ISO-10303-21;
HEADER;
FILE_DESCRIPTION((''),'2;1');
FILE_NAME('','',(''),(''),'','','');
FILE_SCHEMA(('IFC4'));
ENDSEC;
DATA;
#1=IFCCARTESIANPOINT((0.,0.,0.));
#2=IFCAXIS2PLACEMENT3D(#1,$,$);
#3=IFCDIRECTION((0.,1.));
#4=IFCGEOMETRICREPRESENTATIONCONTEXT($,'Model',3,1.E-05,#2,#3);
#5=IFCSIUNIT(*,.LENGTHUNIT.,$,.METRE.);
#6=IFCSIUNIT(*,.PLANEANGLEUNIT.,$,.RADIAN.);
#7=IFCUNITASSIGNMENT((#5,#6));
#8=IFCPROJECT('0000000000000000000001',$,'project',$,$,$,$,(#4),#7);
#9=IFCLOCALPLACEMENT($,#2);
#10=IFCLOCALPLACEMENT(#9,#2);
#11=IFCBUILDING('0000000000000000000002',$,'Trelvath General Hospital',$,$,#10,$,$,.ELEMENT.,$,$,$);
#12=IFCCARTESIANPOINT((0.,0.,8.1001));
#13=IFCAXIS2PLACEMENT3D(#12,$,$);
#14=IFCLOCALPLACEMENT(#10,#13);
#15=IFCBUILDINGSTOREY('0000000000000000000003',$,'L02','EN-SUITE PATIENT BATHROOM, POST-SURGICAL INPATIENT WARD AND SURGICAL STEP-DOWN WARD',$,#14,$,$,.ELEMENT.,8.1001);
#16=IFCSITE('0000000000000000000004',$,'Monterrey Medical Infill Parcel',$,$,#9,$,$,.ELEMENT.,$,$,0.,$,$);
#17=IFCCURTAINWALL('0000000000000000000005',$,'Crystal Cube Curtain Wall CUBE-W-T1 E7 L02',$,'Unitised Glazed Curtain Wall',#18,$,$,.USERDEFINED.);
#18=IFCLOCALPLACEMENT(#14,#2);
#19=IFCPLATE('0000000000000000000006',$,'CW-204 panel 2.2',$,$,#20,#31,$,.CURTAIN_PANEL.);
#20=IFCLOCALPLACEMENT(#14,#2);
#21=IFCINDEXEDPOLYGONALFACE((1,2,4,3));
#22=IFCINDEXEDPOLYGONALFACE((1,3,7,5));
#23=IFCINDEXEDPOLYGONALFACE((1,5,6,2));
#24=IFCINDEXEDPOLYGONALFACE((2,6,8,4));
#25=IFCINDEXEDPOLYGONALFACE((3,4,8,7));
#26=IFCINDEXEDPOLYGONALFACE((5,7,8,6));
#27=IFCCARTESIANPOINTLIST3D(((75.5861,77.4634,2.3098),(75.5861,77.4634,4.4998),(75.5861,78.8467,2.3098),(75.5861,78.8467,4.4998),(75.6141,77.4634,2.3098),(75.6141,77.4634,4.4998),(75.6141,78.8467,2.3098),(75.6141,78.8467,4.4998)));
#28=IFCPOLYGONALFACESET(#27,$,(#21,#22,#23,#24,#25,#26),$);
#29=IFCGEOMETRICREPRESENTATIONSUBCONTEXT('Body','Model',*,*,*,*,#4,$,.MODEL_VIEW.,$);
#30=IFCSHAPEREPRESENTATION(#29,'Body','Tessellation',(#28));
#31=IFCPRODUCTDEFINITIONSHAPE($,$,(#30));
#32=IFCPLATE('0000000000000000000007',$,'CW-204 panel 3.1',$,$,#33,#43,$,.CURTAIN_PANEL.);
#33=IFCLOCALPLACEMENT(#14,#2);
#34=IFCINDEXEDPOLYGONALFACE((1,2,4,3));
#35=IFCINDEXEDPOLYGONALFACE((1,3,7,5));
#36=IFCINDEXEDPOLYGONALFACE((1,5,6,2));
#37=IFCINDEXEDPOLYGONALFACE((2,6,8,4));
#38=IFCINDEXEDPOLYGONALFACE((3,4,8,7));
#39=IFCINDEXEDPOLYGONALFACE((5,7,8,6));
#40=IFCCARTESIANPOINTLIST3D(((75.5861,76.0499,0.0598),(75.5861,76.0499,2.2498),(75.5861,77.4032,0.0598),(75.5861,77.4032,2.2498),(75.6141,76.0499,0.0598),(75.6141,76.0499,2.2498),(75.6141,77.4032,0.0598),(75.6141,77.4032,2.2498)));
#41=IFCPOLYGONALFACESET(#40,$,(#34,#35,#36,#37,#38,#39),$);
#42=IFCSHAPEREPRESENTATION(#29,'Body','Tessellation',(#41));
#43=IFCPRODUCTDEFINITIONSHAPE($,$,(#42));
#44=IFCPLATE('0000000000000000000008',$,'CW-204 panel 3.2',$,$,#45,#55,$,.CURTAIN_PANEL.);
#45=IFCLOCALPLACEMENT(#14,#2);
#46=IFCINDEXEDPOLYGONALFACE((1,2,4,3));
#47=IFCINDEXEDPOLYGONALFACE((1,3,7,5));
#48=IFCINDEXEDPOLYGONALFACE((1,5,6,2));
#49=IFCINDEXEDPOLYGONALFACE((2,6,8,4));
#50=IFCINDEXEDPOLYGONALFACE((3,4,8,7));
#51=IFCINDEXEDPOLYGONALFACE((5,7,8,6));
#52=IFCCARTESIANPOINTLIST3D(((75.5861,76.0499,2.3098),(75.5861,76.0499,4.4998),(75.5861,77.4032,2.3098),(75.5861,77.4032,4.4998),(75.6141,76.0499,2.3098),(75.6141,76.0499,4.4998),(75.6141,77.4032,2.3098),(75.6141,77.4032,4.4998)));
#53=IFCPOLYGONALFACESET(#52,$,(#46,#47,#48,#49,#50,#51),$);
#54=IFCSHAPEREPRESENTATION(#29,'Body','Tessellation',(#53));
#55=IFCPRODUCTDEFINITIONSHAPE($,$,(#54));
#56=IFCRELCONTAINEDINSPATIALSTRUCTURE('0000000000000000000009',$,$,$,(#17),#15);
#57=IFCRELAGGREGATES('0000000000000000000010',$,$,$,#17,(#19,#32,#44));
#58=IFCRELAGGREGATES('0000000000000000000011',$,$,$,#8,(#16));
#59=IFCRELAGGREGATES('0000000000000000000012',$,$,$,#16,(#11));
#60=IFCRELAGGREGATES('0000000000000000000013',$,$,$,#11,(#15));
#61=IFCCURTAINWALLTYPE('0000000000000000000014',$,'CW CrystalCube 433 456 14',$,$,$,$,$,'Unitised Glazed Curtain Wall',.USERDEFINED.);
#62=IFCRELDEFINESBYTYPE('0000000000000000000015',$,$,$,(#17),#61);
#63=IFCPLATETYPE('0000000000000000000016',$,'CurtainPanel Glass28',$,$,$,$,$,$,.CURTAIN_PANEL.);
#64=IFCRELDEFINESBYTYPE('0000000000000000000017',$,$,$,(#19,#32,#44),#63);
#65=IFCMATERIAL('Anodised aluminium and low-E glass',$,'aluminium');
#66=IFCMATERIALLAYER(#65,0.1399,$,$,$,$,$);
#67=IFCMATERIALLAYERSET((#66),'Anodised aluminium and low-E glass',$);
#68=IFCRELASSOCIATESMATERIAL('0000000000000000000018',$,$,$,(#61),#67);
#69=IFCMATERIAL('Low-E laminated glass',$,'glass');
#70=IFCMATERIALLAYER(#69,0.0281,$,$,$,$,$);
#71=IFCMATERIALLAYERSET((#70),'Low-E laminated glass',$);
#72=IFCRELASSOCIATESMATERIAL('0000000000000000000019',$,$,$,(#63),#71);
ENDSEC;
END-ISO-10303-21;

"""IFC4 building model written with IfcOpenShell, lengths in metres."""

from ifc_helpers import new_model, si_unit, direction, frame, origin, origin_2d, place, context, subcontext, project, spatial, rectangle, extrude, material, layer, layer_set, type_object, element, aggregate, save


model = new_model("IFC4")

# Units and contexts
model_context = context("Model", 3, precision=1e-05, world=origin(), true_north=direction((0.0, 1.0)))
body_context = subcontext(model_context, "Body", "Model", "MODEL_VIEW")
ifc_project = project(units=[si_unit("LENGTHUNIT", "METRE"), si_unit("PLANEANGLEUNIT", "RADIAN")], contexts=[model_context])

# Site, building, storey
site_placement = place(None, origin())
site = spatial("IfcSite", under=ifc_project, at=site_placement, Name="Monterrey Medical Infill Parcel", CompositionType="ELEMENT", RefElevation=0.0)
building_placement = place(site_placement, origin())
building = spatial("IfcBuilding", under=site, at=building_placement, Name="Trelvath General Hospital", CompositionType="ELEMENT")
storey_placement = place(building_placement, frame((0.0, 0.0, 8.1001)))
storey = spatial("IfcBuildingStorey", under=building, at=storey_placement, Name="L02", Description="EN-SUITE PATIENT BATHROOM, POST-SURGICAL INPATIENT WARD AND SURGICAL STEP-DOWN WARD", CompositionType="ELEMENT", Elevation=8.1001)

# Curtain wall
ifc_material_1 = material(Name="Anodised aluminium and low-E glass", Category="aluminium")
ifc_layer_1 = layer(ifc_material_1, 0.1399)
ifc_layer_set_1 = layer_set([ifc_layer_1], Name="Anodised aluminium and low-E glass")
curtain_wall_type_1 = type_object("IfcCurtainWallType", Name="CW CrystalCube 433 456 14", ElementType="Unitised Glazed Curtain Wall", PredefinedType="USERDEFINED", material=ifc_layer_set_1)
curtain_wall_1_placement = place(storey_placement, origin())
curtain_wall_1 = element("IfcCurtainWall", 1, at=curtain_wall_1_placement, inside=storey, type_object=curtain_wall_type_1, Name="Crystal Cube Curtain Wall CUBE-W-T1 E7 L02", ObjectType="Unitised Glazed Curtain Wall", PredefinedType="USERDEFINED")

# Shared definitions
ifc_material_2 = material(Name="Low-E laminated glass", Category="glass")
ifc_layer_2 = layer(ifc_material_2, 0.0281)
ifc_layer_set_2 = layer_set([ifc_layer_2], Name="Low-E laminated glass")
plate_type = type_object("IfcPlateType", Name="CurtainPanel Glass28", PredefinedType="CURTAIN_PANEL", material=ifc_layer_set_2)

# Plates
plate_1_placement = place(storey_placement, frame((75.6001, 78.155, 2.3098), z_axis=(0.0, 0.0, 1.0), x_axis=(0.0, -1.0, 0.0)))
plate_1 = element("IfcPlate", 2, at=plate_1_placement, type_object=plate_type, Name="CW-204 panel 2.2", PredefinedType="CURTAIN_PANEL", context=body_context, shape_type="SweptSolid", body=[
    extrude(rectangle(XDim=1.3833, YDim=0.0281, at=origin_2d()), origin(), (0.0, 0.0, 1.0), 2.1899),
])
plate_2_placement = place(storey_placement, frame((75.6001, 76.7266, 0.0598), z_axis=(0.0, 0.0, 1.0), x_axis=(0.0, -1.0, 0.0)))
plate_2 = element("IfcPlate", 3, at=plate_2_placement, type_object=plate_type, Name="CW-204 panel 3.1", PredefinedType="CURTAIN_PANEL", context=body_context, shape_type="SweptSolid", body=[
    extrude(rectangle(XDim=1.3533, YDim=0.0281, at=origin_2d()), origin(), (0.0, 0.0, 1.0), 2.1899),
])
plate_3_placement = place(storey_placement, frame((75.6001, 76.7266, 2.3098), z_axis=(0.0, 0.0, 1.0), x_axis=(0.0, -1.0, 0.0)))
plate_3 = element("IfcPlate", 4, at=plate_3_placement, type_object=plate_type, Name="CW-204 panel 3.2", PredefinedType="CURTAIN_PANEL", context=body_context, shape_type="SweptSolid", body=[
    extrude(rectangle(XDim=1.3533, YDim=0.0281, at=origin_2d()), origin(), (0.0, 0.0, 1.0), 2.1899),
])
aggregate(curtain_wall_1, [plate_1, plate_2, plate_3])

save(model, "model.ifc")
